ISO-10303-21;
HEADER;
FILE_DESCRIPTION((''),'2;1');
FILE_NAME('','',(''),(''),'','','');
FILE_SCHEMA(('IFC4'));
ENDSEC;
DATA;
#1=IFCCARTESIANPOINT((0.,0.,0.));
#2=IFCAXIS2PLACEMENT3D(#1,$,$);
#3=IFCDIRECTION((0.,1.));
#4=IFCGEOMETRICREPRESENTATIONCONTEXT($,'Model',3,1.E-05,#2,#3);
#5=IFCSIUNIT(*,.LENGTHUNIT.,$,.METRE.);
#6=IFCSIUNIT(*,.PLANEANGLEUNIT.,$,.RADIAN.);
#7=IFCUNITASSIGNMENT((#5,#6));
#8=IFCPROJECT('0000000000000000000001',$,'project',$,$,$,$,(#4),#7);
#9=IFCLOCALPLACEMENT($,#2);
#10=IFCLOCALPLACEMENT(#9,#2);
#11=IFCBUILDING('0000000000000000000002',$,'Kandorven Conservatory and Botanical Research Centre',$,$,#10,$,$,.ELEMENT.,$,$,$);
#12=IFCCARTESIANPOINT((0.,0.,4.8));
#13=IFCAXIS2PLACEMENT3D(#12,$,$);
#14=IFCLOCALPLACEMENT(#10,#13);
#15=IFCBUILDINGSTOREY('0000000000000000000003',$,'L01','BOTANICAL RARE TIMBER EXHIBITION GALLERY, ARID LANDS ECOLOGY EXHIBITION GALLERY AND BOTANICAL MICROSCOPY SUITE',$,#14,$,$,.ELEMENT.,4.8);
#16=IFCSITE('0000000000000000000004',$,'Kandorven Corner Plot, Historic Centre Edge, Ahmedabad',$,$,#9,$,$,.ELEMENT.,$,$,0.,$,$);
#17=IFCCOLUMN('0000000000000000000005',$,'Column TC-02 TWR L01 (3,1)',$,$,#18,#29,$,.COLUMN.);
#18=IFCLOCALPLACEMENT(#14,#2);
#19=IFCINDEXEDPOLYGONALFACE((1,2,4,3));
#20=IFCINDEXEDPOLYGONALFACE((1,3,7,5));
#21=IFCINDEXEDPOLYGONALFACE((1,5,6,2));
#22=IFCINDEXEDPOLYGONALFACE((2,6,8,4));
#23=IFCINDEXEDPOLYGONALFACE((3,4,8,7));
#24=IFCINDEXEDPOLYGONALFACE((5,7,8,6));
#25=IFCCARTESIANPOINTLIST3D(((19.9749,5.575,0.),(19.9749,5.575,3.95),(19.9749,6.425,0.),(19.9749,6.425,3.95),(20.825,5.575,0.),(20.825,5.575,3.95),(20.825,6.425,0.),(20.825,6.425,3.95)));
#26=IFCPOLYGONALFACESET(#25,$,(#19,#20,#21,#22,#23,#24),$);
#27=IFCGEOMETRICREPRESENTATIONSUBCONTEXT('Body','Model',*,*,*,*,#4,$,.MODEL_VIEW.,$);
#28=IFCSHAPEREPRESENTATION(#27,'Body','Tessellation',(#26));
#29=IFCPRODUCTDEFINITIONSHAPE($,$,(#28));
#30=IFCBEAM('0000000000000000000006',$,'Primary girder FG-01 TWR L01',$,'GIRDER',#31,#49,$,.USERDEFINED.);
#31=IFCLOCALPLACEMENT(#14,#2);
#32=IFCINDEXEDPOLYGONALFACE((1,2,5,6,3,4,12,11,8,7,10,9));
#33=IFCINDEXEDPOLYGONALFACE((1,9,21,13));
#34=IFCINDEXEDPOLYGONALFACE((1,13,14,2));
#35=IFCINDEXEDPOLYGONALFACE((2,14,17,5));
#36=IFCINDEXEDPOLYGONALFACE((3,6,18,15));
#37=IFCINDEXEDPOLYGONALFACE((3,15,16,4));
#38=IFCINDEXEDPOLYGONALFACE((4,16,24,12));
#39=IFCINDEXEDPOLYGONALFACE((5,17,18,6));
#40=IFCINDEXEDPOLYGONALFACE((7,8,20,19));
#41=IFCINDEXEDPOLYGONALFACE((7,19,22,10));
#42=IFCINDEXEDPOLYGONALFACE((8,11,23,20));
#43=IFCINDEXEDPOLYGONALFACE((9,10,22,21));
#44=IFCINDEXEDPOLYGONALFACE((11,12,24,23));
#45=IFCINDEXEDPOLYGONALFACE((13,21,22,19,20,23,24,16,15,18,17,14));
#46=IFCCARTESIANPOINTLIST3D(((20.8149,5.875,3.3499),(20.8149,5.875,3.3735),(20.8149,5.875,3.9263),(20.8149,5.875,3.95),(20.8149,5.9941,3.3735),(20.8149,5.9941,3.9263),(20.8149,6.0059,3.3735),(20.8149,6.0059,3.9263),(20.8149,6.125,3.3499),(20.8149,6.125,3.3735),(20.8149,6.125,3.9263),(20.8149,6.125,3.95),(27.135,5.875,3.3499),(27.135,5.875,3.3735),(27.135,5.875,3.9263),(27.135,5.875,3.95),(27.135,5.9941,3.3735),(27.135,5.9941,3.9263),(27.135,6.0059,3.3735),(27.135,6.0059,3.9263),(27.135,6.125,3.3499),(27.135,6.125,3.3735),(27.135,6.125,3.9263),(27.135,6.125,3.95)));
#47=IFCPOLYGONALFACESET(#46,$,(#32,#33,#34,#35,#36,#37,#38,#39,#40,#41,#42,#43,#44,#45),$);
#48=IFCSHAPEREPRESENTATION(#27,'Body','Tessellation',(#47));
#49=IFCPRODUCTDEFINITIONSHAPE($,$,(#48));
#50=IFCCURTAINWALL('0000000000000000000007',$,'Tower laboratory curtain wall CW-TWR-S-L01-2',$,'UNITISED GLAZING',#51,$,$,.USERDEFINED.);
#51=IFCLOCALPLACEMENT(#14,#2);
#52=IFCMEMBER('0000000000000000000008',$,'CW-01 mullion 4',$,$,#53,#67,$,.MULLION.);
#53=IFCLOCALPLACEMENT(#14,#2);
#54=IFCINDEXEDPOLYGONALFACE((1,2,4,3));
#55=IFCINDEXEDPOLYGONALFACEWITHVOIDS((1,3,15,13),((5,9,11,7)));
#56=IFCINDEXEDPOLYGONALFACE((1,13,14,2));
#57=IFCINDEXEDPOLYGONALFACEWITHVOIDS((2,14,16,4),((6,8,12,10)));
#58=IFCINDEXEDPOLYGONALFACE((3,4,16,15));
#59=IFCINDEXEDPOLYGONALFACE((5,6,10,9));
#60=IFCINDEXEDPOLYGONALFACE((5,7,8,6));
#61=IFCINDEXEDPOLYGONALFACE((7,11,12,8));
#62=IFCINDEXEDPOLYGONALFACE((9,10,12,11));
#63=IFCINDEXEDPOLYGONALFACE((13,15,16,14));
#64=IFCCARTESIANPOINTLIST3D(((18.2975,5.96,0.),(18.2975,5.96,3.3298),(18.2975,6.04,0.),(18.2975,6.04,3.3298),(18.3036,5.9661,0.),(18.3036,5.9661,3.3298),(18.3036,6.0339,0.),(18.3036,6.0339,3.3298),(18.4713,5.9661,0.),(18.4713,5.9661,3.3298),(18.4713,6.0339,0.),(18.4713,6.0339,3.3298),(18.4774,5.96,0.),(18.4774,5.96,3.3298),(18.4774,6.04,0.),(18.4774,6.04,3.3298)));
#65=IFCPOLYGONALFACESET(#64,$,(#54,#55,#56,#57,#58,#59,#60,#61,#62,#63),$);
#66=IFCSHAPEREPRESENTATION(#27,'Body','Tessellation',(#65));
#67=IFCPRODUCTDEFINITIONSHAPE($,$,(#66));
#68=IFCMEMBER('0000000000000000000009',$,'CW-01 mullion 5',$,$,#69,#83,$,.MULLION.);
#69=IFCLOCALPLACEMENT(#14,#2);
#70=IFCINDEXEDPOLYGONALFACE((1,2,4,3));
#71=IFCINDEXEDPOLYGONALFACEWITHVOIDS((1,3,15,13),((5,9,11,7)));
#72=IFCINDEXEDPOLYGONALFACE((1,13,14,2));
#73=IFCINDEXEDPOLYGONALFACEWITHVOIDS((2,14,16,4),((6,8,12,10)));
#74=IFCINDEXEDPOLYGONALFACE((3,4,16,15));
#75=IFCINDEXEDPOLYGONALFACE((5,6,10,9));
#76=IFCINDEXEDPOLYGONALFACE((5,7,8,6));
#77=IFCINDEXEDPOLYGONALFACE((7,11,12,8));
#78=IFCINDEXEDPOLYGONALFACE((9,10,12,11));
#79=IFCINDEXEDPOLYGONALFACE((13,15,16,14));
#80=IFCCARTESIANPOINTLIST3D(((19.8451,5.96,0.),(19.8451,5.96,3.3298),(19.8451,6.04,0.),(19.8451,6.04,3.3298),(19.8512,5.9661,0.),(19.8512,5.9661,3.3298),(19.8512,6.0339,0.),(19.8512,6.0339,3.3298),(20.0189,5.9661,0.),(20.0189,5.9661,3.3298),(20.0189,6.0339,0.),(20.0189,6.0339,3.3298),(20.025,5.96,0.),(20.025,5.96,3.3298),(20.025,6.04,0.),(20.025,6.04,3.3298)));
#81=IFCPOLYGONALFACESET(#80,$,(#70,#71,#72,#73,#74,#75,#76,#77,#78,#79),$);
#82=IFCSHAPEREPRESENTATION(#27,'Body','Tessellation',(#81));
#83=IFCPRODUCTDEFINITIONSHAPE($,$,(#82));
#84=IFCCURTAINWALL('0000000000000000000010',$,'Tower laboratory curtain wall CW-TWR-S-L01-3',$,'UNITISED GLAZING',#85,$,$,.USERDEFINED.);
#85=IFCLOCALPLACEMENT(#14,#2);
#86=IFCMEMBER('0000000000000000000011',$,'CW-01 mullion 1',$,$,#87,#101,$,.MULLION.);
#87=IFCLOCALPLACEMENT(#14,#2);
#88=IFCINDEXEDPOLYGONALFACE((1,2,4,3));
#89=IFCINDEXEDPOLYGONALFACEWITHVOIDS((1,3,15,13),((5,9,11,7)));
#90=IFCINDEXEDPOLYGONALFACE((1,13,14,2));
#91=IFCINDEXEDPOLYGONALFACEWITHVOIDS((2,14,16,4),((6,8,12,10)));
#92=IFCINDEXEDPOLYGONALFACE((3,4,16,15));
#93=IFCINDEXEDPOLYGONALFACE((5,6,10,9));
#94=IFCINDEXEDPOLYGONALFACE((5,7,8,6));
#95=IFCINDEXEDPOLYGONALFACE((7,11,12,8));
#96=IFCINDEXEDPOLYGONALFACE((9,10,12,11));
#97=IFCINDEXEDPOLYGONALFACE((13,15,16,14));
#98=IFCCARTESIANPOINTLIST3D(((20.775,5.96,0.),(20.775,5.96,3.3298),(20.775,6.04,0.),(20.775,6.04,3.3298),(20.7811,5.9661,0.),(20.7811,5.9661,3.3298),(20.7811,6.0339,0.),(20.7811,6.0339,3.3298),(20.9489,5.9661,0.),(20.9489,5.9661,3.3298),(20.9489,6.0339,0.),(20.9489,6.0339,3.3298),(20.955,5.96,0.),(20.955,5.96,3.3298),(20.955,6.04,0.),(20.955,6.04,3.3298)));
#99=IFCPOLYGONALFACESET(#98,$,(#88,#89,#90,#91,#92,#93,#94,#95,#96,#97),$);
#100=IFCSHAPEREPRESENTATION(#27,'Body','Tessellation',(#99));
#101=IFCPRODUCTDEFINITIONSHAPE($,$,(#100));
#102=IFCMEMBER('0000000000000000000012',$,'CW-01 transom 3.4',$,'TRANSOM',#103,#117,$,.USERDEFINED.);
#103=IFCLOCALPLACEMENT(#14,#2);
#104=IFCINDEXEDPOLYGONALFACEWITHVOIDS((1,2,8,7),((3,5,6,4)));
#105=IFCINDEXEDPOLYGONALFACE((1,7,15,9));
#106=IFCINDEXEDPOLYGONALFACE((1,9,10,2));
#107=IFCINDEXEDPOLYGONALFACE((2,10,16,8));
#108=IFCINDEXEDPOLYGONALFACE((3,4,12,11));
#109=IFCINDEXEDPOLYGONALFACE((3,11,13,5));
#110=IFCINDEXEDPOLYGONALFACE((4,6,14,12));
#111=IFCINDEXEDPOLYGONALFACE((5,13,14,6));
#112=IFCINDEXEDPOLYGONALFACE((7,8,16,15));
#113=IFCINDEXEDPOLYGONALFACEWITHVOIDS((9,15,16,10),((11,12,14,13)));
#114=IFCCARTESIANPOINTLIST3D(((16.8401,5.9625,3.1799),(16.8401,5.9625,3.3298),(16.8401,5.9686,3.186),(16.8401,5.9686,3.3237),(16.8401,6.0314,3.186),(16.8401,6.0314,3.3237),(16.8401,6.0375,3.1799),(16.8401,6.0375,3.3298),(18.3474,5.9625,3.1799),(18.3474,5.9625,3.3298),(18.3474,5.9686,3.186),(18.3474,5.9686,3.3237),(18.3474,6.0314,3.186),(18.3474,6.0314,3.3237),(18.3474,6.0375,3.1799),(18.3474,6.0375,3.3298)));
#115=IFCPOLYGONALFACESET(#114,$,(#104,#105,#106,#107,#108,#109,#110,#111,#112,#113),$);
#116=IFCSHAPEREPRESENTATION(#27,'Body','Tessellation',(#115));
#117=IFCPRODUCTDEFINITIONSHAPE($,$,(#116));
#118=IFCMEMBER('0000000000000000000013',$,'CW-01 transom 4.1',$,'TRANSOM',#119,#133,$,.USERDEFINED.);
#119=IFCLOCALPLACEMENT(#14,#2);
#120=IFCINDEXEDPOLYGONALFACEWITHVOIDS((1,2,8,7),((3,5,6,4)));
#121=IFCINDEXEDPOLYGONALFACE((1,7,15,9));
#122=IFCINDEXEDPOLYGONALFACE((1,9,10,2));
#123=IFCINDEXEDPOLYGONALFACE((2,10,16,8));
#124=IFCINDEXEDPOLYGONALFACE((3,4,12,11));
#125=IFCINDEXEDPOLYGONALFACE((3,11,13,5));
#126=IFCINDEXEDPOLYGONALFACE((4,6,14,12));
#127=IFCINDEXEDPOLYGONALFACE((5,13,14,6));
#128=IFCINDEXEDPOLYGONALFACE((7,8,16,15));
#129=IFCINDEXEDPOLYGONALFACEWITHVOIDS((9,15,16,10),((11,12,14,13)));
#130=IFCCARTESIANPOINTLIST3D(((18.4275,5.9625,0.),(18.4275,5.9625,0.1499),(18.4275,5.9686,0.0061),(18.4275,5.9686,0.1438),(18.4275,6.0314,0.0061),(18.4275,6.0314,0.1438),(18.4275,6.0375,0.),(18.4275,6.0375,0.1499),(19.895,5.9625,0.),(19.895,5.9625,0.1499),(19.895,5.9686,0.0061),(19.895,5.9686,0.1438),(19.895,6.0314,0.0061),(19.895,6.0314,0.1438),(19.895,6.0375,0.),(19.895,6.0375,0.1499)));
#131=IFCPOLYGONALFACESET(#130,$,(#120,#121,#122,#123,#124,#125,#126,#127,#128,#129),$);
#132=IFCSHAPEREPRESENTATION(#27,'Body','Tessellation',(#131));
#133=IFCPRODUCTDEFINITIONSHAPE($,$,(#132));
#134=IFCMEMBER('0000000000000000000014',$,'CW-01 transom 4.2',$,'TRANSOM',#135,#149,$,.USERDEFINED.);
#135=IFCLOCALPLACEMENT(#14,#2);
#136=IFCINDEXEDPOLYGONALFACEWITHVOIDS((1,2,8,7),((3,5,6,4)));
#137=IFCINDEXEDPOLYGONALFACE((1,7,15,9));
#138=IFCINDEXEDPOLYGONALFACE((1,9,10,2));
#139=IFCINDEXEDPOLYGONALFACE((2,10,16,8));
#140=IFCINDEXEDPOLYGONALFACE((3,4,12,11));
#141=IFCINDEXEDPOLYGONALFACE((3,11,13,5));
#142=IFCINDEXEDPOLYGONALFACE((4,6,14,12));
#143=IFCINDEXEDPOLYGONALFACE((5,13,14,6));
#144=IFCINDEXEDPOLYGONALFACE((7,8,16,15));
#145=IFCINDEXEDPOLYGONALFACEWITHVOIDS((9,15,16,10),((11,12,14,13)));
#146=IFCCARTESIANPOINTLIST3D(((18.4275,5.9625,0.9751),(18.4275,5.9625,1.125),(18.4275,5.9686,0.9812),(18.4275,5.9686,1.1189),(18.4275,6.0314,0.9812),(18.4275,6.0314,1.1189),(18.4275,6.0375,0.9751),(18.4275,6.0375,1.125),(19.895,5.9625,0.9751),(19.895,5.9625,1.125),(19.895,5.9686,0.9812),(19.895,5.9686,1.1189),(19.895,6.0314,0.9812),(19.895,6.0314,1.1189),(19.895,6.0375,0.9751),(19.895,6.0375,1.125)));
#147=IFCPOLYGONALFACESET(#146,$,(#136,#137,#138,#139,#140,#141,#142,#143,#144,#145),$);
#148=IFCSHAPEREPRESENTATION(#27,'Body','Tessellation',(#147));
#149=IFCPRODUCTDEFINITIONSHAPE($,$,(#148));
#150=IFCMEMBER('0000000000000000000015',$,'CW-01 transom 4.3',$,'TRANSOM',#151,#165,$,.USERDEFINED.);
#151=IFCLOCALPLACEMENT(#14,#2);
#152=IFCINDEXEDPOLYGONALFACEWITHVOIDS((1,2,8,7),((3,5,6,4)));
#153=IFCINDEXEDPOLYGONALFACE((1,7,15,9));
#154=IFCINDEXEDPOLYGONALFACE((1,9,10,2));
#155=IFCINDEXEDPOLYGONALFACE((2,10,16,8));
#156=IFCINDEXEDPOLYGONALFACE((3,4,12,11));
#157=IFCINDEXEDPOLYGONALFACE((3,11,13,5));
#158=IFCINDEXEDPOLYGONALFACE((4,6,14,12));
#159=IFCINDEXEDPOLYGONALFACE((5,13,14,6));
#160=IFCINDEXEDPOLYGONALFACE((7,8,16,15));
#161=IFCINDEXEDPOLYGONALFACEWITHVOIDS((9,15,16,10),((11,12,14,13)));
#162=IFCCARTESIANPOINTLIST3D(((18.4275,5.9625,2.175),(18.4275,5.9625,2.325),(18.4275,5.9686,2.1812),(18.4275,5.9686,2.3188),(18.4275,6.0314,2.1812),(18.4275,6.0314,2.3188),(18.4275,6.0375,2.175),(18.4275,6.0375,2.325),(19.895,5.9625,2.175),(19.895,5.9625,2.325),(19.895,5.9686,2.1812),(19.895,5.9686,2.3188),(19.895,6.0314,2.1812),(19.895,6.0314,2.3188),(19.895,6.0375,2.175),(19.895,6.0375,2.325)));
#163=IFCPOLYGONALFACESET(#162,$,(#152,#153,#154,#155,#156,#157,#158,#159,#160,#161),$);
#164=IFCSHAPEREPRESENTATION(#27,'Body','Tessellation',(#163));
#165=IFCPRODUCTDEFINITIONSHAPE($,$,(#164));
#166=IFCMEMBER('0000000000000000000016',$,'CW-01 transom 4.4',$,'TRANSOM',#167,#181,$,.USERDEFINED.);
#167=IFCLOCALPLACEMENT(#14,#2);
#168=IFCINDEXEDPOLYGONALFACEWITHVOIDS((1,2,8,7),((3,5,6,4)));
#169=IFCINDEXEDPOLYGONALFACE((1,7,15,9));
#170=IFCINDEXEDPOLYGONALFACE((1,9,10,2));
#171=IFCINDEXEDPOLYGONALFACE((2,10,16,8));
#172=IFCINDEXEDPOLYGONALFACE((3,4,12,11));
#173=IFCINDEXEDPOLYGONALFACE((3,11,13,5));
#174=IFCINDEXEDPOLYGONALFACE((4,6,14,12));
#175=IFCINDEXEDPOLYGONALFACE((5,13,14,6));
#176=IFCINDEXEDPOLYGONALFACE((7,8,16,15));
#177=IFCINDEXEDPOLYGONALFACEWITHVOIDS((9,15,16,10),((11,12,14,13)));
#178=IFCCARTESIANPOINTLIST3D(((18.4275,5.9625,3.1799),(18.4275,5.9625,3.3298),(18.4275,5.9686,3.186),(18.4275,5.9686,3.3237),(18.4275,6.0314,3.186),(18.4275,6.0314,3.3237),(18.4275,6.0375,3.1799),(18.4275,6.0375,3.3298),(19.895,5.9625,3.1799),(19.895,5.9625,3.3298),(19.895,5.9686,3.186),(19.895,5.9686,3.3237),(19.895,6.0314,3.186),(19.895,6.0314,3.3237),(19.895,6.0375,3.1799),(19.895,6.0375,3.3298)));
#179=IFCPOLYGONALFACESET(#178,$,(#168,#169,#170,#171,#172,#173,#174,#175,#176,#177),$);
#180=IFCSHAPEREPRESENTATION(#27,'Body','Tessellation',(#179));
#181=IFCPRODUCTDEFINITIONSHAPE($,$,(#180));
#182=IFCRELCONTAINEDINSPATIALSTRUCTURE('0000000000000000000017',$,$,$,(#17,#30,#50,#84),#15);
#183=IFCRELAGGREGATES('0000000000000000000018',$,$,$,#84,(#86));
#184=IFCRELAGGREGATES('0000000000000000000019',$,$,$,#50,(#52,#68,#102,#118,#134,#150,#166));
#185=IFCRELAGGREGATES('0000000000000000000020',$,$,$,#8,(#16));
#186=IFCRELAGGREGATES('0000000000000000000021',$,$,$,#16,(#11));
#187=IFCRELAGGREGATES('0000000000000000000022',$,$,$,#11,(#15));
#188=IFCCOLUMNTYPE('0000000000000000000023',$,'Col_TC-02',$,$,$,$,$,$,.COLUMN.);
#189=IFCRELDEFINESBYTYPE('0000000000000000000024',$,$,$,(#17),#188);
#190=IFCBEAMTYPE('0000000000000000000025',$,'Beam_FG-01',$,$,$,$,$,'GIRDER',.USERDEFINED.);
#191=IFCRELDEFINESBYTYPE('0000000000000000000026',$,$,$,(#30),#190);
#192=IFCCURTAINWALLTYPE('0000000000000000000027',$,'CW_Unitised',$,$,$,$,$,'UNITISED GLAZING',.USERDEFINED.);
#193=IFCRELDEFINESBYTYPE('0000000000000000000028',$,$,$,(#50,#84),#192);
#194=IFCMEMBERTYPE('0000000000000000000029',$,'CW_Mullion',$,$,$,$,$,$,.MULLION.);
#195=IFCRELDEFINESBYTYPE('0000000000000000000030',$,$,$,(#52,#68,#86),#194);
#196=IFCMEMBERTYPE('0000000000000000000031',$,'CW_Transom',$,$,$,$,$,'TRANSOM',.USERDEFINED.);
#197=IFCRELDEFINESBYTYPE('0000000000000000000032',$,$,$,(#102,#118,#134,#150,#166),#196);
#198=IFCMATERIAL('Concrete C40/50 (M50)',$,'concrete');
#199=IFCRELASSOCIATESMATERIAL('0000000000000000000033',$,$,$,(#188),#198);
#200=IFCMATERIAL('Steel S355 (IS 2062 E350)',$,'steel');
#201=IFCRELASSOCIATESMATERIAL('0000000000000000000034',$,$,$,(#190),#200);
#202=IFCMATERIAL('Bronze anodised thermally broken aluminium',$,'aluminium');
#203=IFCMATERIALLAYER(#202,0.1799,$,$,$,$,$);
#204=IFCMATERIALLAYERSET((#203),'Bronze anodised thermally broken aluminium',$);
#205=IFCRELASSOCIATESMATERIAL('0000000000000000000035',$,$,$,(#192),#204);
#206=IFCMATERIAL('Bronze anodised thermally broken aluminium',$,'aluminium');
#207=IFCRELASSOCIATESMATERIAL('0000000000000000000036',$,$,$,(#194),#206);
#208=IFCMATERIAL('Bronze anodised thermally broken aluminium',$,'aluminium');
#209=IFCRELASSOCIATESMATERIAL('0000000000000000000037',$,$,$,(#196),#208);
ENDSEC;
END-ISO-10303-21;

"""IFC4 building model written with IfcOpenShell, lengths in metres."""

from ifc_helpers import new_model, si_unit, direction, frame, origin, origin_2d, place, context, subcontext, project, spatial, rectangle, hollow_rectangle, i_section, extrude, material, layer, layer_set, material_profile, profile_set, type_object, element, aggregate, save


model = new_model("IFC4")

# Units and contexts
model_context = context("Model", 3, precision=1e-05, world=origin(), true_north=direction((0.0, 1.0)))
body_context = subcontext(model_context, "Body", "Model", "MODEL_VIEW")
ifc_project = project(units=[si_unit("LENGTHUNIT", "METRE"), si_unit("PLANEANGLEUNIT", "RADIAN")], contexts=[model_context])

# Site, building, storey
site_placement = place(None, origin())
site = spatial("IfcSite", under=ifc_project, at=site_placement, Name="Kandorven Corner Plot, Historic Centre Edge, Ahmedabad", CompositionType="ELEMENT", RefElevation=0.0)
building_placement = place(site_placement, origin())
building = spatial("IfcBuilding", under=site, at=building_placement, Name="Kandorven Conservatory and Botanical Research Centre", CompositionType="ELEMENT")
storey_placement = place(building_placement, frame((0.0, 0.0, 4.8)))
storey = spatial("IfcBuildingStorey", under=building, at=storey_placement, Name="L01", Description="BOTANICAL RARE TIMBER EXHIBITION GALLERY, ARID LANDS ECOLOGY EXHIBITION GALLERY AND BOTANICAL MICROSCOPY SUITE", CompositionType="ELEMENT", Elevation=4.8)

# Column
ifc_material_1 = material(Name="Concrete C40/50 (M50)", Category="concrete")
ifc_material_profile_1 = material_profile(ifc_material_1, rectangle(XDim=0.8501, YDim=0.8501, at=origin_2d()))
ifc_profile_set_1 = profile_set([ifc_material_profile_1], Name="Concrete C40/50 (M50)")
column_type = type_object("IfcColumnType", Name="Col_TC-02", PredefinedType="COLUMN", material=ifc_profile_set_1)
column_placement = place(storey_placement, frame((20.3999, 6.0, 0.0), z_axis=(0.0, 0.0, 1.0), x_axis=(1.0, 0.0, 0.0)))
element("IfcColumn", 1, at=column_placement, inside=storey, type_object=column_type, Name="Column TC-02 TWR L01 (3,1)", PredefinedType="COLUMN", context=body_context, shape_type="SweptSolid", body=[
    extrude(rectangle(XDim=0.8501, YDim=0.8501, at=origin_2d()), origin(), (0.0, 0.0, 1.0), 3.95),
])

# Beam
ifc_material_2 = material(Name="Steel S355 (IS 2062 E350)", Category="steel")
ifc_material_profile_2 = material_profile(ifc_material_2, i_section(OverallWidth=0.25, OverallDepth=0.6001, WebThickness=0.0117, FlangeThickness=0.0237, at=origin_2d()))
ifc_profile_set_2 = profile_set([ifc_material_profile_2], Name="Steel S355 (IS 2062 E350)")
beam_type = type_object("IfcBeamType", Name="Beam_FG-01", ElementType="GIRDER", PredefinedType="USERDEFINED", material=ifc_profile_set_2)
beam_placement = place(storey_placement, frame((20.8149, 6.0, 3.6499), z_axis=(1.0, 0.0, 0.0), x_axis=(0.0, 1.0, 0.0)))
element("IfcBeam", 2, at=beam_placement, inside=storey, type_object=beam_type, Name="Primary girder FG-01 TWR L01", ObjectType="GIRDER", PredefinedType="USERDEFINED", context=body_context, shape_type="SweptSolid", body=[
    extrude(i_section(OverallWidth=0.25, OverallDepth=0.6001, WebThickness=0.0117, FlangeThickness=0.0237, at=origin_2d()), origin(), (0.0, 0.0, 1.0), 6.3201),
])

# Curtain wall, members
ifc_material_3 = material(Name="Bronze anodised thermally broken aluminium", Category="aluminium")
ifc_layer_1 = layer(ifc_material_3, 0.1799)
ifc_layer_set_1 = layer_set([ifc_layer_1], Name="Bronze anodised thermally broken aluminium")
curtain_wall_type = type_object("IfcCurtainWallType", Name="CW_Unitised", ElementType="UNITISED GLAZING", PredefinedType="USERDEFINED", material=ifc_layer_set_1)
curtain_wall_1_placement = place(storey_placement, origin())
curtain_wall_1 = element("IfcCurtainWall", 3, at=curtain_wall_1_placement, inside=storey, type_object=curtain_wall_type, Name="Tower laboratory curtain wall CW-TWR-S-L01-2", ObjectType="UNITISED GLAZING", PredefinedType="USERDEFINED")
ifc_material_4 = material(Name="Bronze anodised thermally broken aluminium", Category="aluminium")
ifc_material_profile_3 = material_profile(ifc_material_4, hollow_rectangle(XDim=0.0801, YDim=0.1799, WallThickness=0.0061, at=origin_2d()))
ifc_profile_set_3 = profile_set([ifc_material_profile_3], Name="Bronze anodised thermally broken aluminium")
member_type_1 = type_object("IfcMemberType", Name="CW_Mullion", PredefinedType="MULLION", material=ifc_profile_set_3)
member_1_placement = place(storey_placement, frame((18.3875, 6.0, 0.0), z_axis=(0.0, 0.0, 1.0), x_axis=(0.0, 1.0, 0.0)))
member_1 = element("IfcMember", 4, at=member_1_placement, type_object=member_type_1, Name="CW-01 mullion 4", PredefinedType="MULLION", context=body_context, shape_type="SweptSolid", body=[
    extrude(hollow_rectangle(XDim=0.0801, YDim=0.1799, WallThickness=0.0061, at=origin_2d()), origin(), (0.0, 0.0, 1.0), 3.3298),
])
member_2_placement = place(storey_placement, frame((19.9351, 6.0, 0.0), z_axis=(0.0, 0.0, 1.0), x_axis=(0.0, 1.0, 0.0)))
member_2 = element("IfcMember", 5, at=member_2_placement, type_object=member_type_1, Name="CW-01 mullion 5", PredefinedType="MULLION", context=body_context, shape_type="SweptSolid", body=[
    extrude(hollow_rectangle(XDim=0.0801, YDim=0.1799, WallThickness=0.0061, at=origin_2d()), origin(), (0.0, 0.0, 1.0), 3.3298),
])

# Curtain wall, member
curtain_wall_2_placement = place(storey_placement, origin())
curtain_wall_2 = element("IfcCurtainWall", 6, at=curtain_wall_2_placement, inside=storey, type_object=curtain_wall_type, Name="Tower laboratory curtain wall CW-TWR-S-L01-3", ObjectType="UNITISED GLAZING", PredefinedType="USERDEFINED")
member_3_placement = place(storey_placement, frame((20.865, 6.0, 0.0), z_axis=(0.0, 0.0, 1.0), x_axis=(0.0, 1.0, 0.0)))
member_3 = element("IfcMember", 7, at=member_3_placement, type_object=member_type_1, Name="CW-01 mullion 1", PredefinedType="MULLION", context=body_context, shape_type="SweptSolid", body=[
    extrude(hollow_rectangle(XDim=0.0801, YDim=0.1799, WallThickness=0.0061, at=origin_2d()), origin(), (0.0, 0.0, 1.0), 3.3298),
])
aggregate(curtain_wall_2, [member_3])

# Members
ifc_material_5 = material(Name="Bronze anodised thermally broken aluminium", Category="aluminium")
ifc_material_profile_4 = material_profile(ifc_material_5, hollow_rectangle(XDim=0.075, YDim=0.1499, WallThickness=0.0061, at=origin_2d()))
ifc_profile_set_4 = profile_set([ifc_material_profile_4], Name="Bronze anodised thermally broken aluminium")
member_type_2 = type_object("IfcMemberType", Name="CW_Transom", ElementType="TRANSOM", PredefinedType="USERDEFINED", material=ifc_profile_set_4)
member_4_placement = place(storey_placement, frame((16.8401, 6.0, 3.2549), z_axis=(1.0, 0.0, 0.0), x_axis=(0.0, 1.0, 0.0)))
member_4 = element("IfcMember", 8, at=member_4_placement, type_object=member_type_2, Name="CW-01 transom 3.4", ObjectType="TRANSOM", PredefinedType="USERDEFINED", context=body_context, shape_type="SweptSolid", body=[
    extrude(hollow_rectangle(XDim=0.075, YDim=0.1499, WallThickness=0.0061, at=origin_2d()), origin(), (0.0, 0.0, 1.0), 1.5073),
])
member_5_placement = place(storey_placement, frame((18.4275, 6.0, 0.075), z_axis=(1.0, 0.0, 0.0), x_axis=(0.0, 1.0, 0.0)))
member_5 = element("IfcMember", 9, at=member_5_placement, type_object=member_type_2, Name="CW-01 transom 4.1", ObjectType="TRANSOM", PredefinedType="USERDEFINED", context=body_context, shape_type="SweptSolid", body=[
    extrude(hollow_rectangle(XDim=0.075, YDim=0.1499, WallThickness=0.0061, at=origin_2d()), origin(), (0.0, 0.0, 1.0), 1.4675),
])
member_6_placement = place(storey_placement, frame((18.4275, 6.0, 1.05), z_axis=(1.0, 0.0, 0.0), x_axis=(0.0, 1.0, 0.0)))
member_6 = element("IfcMember", 10, at=member_6_placement, type_object=member_type_2, Name="CW-01 transom 4.2", ObjectType="TRANSOM", PredefinedType="USERDEFINED", context=body_context, shape_type="SweptSolid", body=[
    extrude(hollow_rectangle(XDim=0.075, YDim=0.1499, WallThickness=0.0061, at=origin_2d()), origin(), (0.0, 0.0, 1.0), 1.4675),
])
member_7_placement = place(storey_placement, frame((18.4275, 6.0, 2.25), z_axis=(1.0, 0.0, 0.0), x_axis=(0.0, 1.0, 0.0)))
member_7 = element("IfcMember", 11, at=member_7_placement, type_object=member_type_2, Name="CW-01 transom 4.3", ObjectType="TRANSOM", PredefinedType="USERDEFINED", context=body_context, shape_type="SweptSolid", body=[
    extrude(hollow_rectangle(XDim=0.075, YDim=0.1499, WallThickness=0.0061, at=origin_2d()), origin(), (0.0, 0.0, 1.0), 1.4675),
])
member_8_placement = place(storey_placement, frame((18.4275, 6.0, 3.2549), z_axis=(1.0, 0.0, 0.0), x_axis=(0.0, 1.0, 0.0)))
member_8 = element("IfcMember", 12, at=member_8_placement, type_object=member_type_2, Name="CW-01 transom 4.4", ObjectType="TRANSOM", PredefinedType="USERDEFINED", context=body_context, shape_type="SweptSolid", body=[
    extrude(hollow_rectangle(XDim=0.075, YDim=0.1499, WallThickness=0.0061, at=origin_2d()), origin(), (0.0, 0.0, 1.0), 1.4675),
])

aggregate(curtain_wall_1, [member_1, member_2, member_4, member_5, member_6, member_7, member_8])

save(model, "model.ifc")
